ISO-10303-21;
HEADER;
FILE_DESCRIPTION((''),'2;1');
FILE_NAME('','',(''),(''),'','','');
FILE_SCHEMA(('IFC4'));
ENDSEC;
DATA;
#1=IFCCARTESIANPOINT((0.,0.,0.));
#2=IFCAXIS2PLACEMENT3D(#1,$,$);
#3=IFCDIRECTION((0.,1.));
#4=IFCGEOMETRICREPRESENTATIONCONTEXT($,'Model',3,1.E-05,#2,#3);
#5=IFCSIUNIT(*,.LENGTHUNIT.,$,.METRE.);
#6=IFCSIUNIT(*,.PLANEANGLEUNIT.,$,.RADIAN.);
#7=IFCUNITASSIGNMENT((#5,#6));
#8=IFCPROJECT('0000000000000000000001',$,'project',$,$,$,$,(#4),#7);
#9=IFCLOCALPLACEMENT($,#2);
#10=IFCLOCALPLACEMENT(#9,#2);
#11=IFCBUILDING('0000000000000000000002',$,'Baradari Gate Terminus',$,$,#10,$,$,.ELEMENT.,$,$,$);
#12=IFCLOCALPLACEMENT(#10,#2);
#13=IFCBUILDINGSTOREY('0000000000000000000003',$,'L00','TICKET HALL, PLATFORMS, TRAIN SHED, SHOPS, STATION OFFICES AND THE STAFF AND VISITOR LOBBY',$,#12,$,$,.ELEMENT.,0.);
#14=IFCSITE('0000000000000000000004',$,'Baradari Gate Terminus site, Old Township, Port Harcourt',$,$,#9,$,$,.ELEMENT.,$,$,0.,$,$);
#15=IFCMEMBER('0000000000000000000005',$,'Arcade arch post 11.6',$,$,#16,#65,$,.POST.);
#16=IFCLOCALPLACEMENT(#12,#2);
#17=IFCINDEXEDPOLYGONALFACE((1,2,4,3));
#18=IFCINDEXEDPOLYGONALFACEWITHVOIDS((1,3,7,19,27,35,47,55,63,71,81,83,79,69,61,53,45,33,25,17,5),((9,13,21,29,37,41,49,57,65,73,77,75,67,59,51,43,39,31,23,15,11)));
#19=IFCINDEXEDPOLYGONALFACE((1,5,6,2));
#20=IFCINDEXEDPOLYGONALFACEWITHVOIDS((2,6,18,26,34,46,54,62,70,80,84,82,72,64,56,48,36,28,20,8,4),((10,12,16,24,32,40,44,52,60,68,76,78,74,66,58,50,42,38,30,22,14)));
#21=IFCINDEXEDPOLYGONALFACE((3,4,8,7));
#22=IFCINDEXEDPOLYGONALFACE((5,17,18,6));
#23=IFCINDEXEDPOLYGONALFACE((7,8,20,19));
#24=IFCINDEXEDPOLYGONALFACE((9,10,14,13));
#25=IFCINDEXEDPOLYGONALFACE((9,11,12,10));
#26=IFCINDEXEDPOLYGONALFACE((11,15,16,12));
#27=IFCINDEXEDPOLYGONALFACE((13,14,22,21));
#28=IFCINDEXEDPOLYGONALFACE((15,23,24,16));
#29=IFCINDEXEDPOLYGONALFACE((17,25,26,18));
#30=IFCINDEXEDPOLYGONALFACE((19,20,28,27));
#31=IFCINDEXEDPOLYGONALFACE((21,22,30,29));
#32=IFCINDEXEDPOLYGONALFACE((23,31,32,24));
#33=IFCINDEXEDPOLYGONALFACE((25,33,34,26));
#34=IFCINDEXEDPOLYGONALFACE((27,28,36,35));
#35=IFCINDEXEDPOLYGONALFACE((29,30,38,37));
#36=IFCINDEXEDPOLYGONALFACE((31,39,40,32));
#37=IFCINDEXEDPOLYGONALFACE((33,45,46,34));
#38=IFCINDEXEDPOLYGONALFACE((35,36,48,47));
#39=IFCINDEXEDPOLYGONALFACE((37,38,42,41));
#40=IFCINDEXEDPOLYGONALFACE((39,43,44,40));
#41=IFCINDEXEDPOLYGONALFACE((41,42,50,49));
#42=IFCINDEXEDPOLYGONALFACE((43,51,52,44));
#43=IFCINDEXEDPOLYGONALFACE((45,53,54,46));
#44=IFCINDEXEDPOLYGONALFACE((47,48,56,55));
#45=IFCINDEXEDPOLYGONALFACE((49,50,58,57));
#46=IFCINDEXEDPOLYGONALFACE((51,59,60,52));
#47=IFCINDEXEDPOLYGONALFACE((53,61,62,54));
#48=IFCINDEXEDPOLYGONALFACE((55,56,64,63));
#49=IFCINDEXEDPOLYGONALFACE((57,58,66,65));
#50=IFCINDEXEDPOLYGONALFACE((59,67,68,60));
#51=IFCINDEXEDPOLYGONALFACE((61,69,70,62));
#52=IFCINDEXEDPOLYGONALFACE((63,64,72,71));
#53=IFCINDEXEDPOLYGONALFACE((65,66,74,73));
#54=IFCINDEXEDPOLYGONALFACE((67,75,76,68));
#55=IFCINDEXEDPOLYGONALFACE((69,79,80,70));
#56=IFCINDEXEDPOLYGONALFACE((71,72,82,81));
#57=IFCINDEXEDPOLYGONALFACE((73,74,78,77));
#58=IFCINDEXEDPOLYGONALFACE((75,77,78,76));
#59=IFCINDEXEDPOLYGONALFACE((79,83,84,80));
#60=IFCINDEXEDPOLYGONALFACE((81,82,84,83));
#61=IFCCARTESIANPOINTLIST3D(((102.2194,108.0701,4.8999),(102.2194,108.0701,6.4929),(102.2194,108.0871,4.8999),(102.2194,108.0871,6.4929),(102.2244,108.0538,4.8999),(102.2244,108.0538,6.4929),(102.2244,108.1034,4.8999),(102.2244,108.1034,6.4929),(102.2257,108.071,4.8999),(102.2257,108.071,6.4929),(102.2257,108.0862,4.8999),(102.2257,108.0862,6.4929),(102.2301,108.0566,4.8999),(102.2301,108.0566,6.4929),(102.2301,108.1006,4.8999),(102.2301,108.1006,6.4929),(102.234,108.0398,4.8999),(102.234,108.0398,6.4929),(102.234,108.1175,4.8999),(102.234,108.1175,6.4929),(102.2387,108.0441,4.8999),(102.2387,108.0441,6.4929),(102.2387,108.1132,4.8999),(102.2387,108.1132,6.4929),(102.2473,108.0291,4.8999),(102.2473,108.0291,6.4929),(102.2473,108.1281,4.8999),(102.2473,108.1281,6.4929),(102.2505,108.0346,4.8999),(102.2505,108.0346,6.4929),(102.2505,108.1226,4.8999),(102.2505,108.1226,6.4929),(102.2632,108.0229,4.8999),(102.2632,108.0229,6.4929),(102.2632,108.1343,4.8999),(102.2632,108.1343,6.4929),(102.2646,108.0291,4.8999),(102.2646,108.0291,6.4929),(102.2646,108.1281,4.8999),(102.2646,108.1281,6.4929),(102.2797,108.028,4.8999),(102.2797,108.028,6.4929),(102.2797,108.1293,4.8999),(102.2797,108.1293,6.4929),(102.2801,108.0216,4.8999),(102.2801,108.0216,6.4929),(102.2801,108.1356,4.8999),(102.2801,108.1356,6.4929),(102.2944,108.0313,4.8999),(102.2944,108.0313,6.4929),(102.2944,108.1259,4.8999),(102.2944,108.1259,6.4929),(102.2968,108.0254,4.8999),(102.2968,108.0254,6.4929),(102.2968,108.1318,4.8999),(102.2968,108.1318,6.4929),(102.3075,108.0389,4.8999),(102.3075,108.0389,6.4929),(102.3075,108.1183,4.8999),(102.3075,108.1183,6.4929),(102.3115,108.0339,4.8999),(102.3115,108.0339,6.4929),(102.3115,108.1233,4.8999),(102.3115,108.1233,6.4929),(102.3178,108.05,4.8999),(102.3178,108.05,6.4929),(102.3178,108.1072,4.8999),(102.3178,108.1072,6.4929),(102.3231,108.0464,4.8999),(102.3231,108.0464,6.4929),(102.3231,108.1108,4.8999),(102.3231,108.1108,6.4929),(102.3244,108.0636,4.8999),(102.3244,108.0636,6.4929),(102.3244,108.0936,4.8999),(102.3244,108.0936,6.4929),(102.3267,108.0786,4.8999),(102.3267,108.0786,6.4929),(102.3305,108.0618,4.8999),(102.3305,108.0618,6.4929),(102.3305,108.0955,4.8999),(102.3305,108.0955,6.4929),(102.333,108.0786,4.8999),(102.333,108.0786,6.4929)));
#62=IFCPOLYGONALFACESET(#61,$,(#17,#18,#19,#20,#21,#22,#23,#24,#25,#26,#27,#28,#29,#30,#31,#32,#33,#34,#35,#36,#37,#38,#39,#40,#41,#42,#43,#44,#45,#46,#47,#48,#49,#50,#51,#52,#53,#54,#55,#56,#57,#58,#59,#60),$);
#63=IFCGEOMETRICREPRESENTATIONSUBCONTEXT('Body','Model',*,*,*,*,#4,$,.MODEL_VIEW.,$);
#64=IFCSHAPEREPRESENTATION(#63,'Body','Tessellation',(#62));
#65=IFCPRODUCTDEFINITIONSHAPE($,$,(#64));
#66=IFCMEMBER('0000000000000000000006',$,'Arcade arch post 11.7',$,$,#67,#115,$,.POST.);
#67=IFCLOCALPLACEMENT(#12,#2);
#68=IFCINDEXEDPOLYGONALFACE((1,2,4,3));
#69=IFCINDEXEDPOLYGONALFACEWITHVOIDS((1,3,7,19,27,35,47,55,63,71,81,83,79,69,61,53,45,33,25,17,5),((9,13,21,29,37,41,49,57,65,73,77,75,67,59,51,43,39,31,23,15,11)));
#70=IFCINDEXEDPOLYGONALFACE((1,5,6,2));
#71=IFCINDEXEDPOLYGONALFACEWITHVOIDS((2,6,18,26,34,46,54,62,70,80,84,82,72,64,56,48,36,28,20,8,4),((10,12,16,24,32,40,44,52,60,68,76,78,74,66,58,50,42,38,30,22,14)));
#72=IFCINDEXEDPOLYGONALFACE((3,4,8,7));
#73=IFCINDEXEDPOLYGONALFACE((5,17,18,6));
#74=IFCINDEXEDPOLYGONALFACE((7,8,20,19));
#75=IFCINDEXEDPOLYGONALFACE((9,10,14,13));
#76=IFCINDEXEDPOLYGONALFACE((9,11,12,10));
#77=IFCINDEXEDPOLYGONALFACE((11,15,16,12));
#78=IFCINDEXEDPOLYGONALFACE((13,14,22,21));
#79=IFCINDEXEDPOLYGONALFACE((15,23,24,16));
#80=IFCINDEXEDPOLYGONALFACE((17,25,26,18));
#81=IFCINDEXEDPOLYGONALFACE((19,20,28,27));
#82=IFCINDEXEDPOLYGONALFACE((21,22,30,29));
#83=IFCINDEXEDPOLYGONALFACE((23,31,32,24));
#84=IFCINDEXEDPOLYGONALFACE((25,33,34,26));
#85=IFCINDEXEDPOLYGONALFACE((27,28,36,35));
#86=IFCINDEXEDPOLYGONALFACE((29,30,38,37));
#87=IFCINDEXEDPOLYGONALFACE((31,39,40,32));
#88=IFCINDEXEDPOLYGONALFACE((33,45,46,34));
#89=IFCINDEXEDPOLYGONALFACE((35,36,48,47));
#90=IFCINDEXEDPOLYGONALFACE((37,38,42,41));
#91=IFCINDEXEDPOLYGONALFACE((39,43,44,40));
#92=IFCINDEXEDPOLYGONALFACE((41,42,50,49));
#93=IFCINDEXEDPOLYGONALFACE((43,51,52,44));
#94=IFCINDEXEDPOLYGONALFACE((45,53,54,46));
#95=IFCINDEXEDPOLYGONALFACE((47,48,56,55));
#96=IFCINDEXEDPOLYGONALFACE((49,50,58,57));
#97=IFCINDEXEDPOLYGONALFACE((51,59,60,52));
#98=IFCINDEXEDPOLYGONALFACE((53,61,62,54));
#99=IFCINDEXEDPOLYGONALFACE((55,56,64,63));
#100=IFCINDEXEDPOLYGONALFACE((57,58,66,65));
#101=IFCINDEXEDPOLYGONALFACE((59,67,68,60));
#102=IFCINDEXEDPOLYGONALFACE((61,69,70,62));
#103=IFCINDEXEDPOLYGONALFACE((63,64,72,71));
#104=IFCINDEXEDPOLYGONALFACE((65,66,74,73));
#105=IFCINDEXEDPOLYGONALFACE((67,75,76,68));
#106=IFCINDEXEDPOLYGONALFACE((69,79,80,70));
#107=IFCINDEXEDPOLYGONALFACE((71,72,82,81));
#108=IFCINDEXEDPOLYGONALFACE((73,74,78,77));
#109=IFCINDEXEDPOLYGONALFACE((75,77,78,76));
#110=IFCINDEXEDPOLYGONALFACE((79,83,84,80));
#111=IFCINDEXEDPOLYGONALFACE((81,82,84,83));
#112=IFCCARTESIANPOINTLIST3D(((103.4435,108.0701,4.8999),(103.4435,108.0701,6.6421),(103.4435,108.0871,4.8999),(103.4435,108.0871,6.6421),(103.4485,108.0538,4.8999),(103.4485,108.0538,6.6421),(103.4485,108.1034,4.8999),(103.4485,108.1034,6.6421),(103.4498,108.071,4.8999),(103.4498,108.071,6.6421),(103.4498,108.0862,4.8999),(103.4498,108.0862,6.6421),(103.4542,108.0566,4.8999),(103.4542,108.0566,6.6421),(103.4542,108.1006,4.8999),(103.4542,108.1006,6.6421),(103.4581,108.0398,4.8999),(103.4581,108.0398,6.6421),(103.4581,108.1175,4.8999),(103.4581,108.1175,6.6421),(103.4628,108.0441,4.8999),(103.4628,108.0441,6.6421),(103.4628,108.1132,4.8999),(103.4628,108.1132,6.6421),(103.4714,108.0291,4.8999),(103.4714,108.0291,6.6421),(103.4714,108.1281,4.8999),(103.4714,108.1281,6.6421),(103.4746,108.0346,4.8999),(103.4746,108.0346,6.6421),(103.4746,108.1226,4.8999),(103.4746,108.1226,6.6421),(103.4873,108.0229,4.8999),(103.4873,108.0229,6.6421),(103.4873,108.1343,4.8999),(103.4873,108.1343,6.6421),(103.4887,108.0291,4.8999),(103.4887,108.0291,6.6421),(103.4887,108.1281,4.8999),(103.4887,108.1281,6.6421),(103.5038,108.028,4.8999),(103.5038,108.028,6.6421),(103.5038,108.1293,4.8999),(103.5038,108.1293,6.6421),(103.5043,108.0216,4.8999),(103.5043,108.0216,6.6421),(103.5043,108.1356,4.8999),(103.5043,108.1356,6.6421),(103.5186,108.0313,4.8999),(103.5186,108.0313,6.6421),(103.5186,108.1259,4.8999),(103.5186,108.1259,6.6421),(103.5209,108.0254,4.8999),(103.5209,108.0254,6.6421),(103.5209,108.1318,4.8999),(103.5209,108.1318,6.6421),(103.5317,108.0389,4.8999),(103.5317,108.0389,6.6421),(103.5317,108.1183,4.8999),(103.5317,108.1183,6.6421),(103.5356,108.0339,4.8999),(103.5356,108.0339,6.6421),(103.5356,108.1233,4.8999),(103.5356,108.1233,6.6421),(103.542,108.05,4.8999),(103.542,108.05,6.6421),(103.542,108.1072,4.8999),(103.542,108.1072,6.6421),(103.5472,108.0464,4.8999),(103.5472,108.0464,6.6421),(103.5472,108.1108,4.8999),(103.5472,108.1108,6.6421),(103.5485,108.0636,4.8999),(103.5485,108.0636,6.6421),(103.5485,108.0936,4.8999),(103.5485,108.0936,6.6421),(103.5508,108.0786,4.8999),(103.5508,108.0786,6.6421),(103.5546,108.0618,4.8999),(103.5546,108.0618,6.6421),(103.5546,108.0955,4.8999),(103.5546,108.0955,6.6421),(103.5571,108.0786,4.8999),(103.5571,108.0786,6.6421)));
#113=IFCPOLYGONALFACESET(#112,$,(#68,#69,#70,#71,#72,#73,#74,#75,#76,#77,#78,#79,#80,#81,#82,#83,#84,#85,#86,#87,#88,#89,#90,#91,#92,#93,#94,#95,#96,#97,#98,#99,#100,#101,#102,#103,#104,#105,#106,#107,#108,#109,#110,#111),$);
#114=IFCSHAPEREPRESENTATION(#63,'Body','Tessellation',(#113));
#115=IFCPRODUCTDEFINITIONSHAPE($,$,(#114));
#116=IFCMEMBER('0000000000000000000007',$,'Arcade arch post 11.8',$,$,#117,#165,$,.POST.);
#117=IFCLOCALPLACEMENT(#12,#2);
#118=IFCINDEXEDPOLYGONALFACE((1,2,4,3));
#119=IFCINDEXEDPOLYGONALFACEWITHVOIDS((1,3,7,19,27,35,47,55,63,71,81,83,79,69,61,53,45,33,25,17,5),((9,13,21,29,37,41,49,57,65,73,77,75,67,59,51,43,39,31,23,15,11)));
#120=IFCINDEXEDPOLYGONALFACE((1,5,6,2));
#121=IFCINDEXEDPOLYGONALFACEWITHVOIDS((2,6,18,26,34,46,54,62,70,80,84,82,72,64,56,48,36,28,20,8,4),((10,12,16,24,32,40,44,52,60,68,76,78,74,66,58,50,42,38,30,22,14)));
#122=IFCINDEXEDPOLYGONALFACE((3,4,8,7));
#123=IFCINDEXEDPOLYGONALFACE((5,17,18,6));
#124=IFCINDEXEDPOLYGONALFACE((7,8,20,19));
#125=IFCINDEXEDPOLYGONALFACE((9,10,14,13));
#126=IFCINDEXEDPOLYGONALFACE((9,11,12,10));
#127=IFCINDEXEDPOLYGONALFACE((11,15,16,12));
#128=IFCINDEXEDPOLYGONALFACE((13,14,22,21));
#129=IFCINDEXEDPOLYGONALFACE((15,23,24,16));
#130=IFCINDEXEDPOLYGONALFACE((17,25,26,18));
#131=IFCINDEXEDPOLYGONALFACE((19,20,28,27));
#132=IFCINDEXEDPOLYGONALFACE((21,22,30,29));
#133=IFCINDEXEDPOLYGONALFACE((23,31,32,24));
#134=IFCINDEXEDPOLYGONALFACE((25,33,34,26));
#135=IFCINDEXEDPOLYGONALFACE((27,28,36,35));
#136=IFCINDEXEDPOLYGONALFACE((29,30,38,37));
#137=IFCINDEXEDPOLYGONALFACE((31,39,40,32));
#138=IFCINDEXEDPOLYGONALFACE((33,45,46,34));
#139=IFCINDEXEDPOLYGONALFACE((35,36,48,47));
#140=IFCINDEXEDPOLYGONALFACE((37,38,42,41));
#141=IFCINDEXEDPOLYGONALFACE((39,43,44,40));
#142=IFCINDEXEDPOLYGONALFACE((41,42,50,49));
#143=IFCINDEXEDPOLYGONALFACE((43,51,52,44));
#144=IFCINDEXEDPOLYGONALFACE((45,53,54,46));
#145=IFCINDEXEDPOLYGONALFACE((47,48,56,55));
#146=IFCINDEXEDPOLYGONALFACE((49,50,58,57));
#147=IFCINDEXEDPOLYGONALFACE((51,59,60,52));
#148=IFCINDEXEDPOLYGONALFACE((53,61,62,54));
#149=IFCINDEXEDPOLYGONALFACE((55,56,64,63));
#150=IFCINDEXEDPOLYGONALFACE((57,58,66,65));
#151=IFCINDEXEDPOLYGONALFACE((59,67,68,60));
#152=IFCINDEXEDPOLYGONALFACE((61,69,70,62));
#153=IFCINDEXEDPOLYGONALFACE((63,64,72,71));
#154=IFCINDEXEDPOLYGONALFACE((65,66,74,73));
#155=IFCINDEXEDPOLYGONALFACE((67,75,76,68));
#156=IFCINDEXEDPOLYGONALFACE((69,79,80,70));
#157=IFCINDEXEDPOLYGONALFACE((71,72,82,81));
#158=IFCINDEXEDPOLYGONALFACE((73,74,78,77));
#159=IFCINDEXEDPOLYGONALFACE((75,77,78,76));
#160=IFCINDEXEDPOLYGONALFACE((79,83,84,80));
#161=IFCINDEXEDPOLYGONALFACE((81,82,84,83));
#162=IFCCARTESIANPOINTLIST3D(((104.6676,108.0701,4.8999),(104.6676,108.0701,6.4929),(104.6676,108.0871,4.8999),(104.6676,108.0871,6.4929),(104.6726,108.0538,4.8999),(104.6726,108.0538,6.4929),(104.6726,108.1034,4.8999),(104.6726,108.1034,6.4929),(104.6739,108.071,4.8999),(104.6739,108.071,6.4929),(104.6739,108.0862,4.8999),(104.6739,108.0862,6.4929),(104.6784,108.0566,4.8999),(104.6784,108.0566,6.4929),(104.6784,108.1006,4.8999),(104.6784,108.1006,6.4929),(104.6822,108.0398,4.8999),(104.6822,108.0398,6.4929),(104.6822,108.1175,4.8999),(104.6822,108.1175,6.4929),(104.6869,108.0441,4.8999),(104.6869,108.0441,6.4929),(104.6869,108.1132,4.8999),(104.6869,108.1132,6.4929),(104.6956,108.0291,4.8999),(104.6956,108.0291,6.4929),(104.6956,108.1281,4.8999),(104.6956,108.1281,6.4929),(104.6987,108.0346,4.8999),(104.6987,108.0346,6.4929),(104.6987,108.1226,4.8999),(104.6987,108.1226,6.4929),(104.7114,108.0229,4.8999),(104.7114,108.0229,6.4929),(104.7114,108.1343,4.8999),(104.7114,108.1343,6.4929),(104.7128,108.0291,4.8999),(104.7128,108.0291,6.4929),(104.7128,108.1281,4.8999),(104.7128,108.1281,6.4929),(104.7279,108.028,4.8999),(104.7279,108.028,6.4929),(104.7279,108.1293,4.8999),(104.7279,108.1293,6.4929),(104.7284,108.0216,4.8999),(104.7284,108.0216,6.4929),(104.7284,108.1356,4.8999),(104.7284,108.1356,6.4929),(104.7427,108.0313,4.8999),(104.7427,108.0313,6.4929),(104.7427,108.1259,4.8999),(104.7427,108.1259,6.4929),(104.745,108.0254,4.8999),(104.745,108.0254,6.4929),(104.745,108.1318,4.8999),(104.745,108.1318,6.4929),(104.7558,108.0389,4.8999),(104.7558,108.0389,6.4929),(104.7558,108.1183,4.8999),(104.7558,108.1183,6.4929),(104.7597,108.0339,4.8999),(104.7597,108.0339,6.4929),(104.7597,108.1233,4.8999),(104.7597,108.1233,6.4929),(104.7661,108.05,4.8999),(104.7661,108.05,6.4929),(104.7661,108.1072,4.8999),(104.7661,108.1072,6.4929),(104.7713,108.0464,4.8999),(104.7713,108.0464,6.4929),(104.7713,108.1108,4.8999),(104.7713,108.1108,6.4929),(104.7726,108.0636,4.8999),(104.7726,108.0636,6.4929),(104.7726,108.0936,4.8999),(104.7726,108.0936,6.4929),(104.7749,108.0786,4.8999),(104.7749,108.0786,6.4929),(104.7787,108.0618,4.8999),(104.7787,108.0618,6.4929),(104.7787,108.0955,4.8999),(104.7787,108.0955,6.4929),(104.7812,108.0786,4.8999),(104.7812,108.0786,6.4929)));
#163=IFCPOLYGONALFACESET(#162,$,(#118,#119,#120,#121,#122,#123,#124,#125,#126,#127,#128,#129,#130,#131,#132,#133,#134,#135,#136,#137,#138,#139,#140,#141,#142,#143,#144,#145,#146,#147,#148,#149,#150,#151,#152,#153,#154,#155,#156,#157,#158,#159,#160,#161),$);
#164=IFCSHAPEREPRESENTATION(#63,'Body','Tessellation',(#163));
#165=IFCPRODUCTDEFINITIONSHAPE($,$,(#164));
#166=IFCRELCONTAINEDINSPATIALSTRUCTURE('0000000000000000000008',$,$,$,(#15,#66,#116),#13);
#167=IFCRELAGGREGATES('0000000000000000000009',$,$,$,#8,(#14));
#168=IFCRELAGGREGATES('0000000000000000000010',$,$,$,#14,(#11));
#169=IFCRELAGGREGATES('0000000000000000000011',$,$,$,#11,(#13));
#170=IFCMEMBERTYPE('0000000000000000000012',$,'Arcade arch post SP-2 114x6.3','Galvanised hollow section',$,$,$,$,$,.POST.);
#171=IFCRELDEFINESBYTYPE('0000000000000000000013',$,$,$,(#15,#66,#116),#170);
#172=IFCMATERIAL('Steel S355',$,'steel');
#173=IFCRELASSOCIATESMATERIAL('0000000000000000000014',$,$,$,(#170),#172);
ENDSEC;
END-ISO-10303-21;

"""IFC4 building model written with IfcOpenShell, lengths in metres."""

from ifc_helpers import new_model, si_unit, direction, frame, origin, origin_2d, place, context, subcontext, project, spatial, hollow_circle, extrude, material, material_profile, profile_set, type_object, element, save


model = new_model("IFC4")

# Units and contexts
model_context = context("Model", 3, precision=1e-05, world=origin(), true_north=direction((0.0, 1.0)))
body_context = subcontext(model_context, "Body", "Model", "MODEL_VIEW")
ifc_project = project(units=[si_unit("LENGTHUNIT", "METRE"), si_unit("PLANEANGLEUNIT", "RADIAN")], contexts=[model_context])

# Site, building, storey
site_placement = place(None, origin())
site = spatial("IfcSite", under=ifc_project, at=site_placement, Name="Baradari Gate Terminus site, Old Township, Port Harcourt", CompositionType="ELEMENT", RefElevation=0.0)
building_placement = place(site_placement, origin())
building = spatial("IfcBuilding", under=site, at=building_placement, Name="Baradari Gate Terminus", CompositionType="ELEMENT")
storey_placement = place(building_placement, origin())
storey = spatial("IfcBuildingStorey", under=building, at=storey_placement, Name="L00", Description="TICKET HALL, PLATFORMS, TRAIN SHED, SHOPS, STATION OFFICES AND THE STAFF AND VISITOR LOBBY", CompositionType="ELEMENT", Elevation=0.0)

# Members
ifc_material_1 = material(Name="Steel S355", Category="steel")
ifc_material_profile_1 = material_profile(ifc_material_1, hollow_circle(Radius=0.0571, WallThickness=0.0063, at=origin_2d()), Name="CHS 114.3x6.3")
ifc_profile_set_1 = profile_set([ifc_material_profile_1], Name="Steel S355")
member_type = type_object("IfcMemberType", Name="Arcade arch post SP-2 114x6.3", Description="Galvanised hollow section", PredefinedType="POST", material=ifc_profile_set_1)
member_1_placement = place(storey_placement, frame((102.2759, 108.0786, 4.8999), z_axis=(0.0, 0.0, 1.0), x_axis=(1.0, 0.0, 0.0)))
element("IfcMember", 1, at=member_1_placement, inside=storey, type_object=member_type, Name="Arcade arch post 11.6", PredefinedType="POST", context=body_context, shape_type="SweptSolid", body=[
    extrude(hollow_circle(Radius=0.0571, WallThickness=0.0063, at=origin_2d()), origin(), (0.0, 0.0, 1.0), 1.593),
])
member_2_placement = place(storey_placement, frame((103.5, 108.0786, 4.8999), z_axis=(0.0, 0.0, 1.0), x_axis=(1.0, 0.0, 0.0)))
element("IfcMember", 2, at=member_2_placement, inside=storey, type_object=member_type, Name="Arcade arch post 11.7", PredefinedType="POST", context=body_context, shape_type="SweptSolid", body=[
    extrude(hollow_circle(Radius=0.0571, WallThickness=0.0063, at=origin_2d()), origin(), (0.0, 0.0, 1.0), 1.7422),
])
member_3_placement = place(storey_placement, frame((104.7241, 108.0786, 4.8999), z_axis=(0.0, 0.0, 1.0), x_axis=(1.0, 0.0, 0.0)))
element("IfcMember", 3, at=member_3_placement, inside=storey, type_object=member_type, Name="Arcade arch post 11.8", PredefinedType="POST", context=body_context, shape_type="SweptSolid", body=[
    extrude(hollow_circle(Radius=0.0571, WallThickness=0.0063, at=origin_2d()), origin(), (0.0, 0.0, 1.0), 1.593),
])

save(model, "model.ifc")
